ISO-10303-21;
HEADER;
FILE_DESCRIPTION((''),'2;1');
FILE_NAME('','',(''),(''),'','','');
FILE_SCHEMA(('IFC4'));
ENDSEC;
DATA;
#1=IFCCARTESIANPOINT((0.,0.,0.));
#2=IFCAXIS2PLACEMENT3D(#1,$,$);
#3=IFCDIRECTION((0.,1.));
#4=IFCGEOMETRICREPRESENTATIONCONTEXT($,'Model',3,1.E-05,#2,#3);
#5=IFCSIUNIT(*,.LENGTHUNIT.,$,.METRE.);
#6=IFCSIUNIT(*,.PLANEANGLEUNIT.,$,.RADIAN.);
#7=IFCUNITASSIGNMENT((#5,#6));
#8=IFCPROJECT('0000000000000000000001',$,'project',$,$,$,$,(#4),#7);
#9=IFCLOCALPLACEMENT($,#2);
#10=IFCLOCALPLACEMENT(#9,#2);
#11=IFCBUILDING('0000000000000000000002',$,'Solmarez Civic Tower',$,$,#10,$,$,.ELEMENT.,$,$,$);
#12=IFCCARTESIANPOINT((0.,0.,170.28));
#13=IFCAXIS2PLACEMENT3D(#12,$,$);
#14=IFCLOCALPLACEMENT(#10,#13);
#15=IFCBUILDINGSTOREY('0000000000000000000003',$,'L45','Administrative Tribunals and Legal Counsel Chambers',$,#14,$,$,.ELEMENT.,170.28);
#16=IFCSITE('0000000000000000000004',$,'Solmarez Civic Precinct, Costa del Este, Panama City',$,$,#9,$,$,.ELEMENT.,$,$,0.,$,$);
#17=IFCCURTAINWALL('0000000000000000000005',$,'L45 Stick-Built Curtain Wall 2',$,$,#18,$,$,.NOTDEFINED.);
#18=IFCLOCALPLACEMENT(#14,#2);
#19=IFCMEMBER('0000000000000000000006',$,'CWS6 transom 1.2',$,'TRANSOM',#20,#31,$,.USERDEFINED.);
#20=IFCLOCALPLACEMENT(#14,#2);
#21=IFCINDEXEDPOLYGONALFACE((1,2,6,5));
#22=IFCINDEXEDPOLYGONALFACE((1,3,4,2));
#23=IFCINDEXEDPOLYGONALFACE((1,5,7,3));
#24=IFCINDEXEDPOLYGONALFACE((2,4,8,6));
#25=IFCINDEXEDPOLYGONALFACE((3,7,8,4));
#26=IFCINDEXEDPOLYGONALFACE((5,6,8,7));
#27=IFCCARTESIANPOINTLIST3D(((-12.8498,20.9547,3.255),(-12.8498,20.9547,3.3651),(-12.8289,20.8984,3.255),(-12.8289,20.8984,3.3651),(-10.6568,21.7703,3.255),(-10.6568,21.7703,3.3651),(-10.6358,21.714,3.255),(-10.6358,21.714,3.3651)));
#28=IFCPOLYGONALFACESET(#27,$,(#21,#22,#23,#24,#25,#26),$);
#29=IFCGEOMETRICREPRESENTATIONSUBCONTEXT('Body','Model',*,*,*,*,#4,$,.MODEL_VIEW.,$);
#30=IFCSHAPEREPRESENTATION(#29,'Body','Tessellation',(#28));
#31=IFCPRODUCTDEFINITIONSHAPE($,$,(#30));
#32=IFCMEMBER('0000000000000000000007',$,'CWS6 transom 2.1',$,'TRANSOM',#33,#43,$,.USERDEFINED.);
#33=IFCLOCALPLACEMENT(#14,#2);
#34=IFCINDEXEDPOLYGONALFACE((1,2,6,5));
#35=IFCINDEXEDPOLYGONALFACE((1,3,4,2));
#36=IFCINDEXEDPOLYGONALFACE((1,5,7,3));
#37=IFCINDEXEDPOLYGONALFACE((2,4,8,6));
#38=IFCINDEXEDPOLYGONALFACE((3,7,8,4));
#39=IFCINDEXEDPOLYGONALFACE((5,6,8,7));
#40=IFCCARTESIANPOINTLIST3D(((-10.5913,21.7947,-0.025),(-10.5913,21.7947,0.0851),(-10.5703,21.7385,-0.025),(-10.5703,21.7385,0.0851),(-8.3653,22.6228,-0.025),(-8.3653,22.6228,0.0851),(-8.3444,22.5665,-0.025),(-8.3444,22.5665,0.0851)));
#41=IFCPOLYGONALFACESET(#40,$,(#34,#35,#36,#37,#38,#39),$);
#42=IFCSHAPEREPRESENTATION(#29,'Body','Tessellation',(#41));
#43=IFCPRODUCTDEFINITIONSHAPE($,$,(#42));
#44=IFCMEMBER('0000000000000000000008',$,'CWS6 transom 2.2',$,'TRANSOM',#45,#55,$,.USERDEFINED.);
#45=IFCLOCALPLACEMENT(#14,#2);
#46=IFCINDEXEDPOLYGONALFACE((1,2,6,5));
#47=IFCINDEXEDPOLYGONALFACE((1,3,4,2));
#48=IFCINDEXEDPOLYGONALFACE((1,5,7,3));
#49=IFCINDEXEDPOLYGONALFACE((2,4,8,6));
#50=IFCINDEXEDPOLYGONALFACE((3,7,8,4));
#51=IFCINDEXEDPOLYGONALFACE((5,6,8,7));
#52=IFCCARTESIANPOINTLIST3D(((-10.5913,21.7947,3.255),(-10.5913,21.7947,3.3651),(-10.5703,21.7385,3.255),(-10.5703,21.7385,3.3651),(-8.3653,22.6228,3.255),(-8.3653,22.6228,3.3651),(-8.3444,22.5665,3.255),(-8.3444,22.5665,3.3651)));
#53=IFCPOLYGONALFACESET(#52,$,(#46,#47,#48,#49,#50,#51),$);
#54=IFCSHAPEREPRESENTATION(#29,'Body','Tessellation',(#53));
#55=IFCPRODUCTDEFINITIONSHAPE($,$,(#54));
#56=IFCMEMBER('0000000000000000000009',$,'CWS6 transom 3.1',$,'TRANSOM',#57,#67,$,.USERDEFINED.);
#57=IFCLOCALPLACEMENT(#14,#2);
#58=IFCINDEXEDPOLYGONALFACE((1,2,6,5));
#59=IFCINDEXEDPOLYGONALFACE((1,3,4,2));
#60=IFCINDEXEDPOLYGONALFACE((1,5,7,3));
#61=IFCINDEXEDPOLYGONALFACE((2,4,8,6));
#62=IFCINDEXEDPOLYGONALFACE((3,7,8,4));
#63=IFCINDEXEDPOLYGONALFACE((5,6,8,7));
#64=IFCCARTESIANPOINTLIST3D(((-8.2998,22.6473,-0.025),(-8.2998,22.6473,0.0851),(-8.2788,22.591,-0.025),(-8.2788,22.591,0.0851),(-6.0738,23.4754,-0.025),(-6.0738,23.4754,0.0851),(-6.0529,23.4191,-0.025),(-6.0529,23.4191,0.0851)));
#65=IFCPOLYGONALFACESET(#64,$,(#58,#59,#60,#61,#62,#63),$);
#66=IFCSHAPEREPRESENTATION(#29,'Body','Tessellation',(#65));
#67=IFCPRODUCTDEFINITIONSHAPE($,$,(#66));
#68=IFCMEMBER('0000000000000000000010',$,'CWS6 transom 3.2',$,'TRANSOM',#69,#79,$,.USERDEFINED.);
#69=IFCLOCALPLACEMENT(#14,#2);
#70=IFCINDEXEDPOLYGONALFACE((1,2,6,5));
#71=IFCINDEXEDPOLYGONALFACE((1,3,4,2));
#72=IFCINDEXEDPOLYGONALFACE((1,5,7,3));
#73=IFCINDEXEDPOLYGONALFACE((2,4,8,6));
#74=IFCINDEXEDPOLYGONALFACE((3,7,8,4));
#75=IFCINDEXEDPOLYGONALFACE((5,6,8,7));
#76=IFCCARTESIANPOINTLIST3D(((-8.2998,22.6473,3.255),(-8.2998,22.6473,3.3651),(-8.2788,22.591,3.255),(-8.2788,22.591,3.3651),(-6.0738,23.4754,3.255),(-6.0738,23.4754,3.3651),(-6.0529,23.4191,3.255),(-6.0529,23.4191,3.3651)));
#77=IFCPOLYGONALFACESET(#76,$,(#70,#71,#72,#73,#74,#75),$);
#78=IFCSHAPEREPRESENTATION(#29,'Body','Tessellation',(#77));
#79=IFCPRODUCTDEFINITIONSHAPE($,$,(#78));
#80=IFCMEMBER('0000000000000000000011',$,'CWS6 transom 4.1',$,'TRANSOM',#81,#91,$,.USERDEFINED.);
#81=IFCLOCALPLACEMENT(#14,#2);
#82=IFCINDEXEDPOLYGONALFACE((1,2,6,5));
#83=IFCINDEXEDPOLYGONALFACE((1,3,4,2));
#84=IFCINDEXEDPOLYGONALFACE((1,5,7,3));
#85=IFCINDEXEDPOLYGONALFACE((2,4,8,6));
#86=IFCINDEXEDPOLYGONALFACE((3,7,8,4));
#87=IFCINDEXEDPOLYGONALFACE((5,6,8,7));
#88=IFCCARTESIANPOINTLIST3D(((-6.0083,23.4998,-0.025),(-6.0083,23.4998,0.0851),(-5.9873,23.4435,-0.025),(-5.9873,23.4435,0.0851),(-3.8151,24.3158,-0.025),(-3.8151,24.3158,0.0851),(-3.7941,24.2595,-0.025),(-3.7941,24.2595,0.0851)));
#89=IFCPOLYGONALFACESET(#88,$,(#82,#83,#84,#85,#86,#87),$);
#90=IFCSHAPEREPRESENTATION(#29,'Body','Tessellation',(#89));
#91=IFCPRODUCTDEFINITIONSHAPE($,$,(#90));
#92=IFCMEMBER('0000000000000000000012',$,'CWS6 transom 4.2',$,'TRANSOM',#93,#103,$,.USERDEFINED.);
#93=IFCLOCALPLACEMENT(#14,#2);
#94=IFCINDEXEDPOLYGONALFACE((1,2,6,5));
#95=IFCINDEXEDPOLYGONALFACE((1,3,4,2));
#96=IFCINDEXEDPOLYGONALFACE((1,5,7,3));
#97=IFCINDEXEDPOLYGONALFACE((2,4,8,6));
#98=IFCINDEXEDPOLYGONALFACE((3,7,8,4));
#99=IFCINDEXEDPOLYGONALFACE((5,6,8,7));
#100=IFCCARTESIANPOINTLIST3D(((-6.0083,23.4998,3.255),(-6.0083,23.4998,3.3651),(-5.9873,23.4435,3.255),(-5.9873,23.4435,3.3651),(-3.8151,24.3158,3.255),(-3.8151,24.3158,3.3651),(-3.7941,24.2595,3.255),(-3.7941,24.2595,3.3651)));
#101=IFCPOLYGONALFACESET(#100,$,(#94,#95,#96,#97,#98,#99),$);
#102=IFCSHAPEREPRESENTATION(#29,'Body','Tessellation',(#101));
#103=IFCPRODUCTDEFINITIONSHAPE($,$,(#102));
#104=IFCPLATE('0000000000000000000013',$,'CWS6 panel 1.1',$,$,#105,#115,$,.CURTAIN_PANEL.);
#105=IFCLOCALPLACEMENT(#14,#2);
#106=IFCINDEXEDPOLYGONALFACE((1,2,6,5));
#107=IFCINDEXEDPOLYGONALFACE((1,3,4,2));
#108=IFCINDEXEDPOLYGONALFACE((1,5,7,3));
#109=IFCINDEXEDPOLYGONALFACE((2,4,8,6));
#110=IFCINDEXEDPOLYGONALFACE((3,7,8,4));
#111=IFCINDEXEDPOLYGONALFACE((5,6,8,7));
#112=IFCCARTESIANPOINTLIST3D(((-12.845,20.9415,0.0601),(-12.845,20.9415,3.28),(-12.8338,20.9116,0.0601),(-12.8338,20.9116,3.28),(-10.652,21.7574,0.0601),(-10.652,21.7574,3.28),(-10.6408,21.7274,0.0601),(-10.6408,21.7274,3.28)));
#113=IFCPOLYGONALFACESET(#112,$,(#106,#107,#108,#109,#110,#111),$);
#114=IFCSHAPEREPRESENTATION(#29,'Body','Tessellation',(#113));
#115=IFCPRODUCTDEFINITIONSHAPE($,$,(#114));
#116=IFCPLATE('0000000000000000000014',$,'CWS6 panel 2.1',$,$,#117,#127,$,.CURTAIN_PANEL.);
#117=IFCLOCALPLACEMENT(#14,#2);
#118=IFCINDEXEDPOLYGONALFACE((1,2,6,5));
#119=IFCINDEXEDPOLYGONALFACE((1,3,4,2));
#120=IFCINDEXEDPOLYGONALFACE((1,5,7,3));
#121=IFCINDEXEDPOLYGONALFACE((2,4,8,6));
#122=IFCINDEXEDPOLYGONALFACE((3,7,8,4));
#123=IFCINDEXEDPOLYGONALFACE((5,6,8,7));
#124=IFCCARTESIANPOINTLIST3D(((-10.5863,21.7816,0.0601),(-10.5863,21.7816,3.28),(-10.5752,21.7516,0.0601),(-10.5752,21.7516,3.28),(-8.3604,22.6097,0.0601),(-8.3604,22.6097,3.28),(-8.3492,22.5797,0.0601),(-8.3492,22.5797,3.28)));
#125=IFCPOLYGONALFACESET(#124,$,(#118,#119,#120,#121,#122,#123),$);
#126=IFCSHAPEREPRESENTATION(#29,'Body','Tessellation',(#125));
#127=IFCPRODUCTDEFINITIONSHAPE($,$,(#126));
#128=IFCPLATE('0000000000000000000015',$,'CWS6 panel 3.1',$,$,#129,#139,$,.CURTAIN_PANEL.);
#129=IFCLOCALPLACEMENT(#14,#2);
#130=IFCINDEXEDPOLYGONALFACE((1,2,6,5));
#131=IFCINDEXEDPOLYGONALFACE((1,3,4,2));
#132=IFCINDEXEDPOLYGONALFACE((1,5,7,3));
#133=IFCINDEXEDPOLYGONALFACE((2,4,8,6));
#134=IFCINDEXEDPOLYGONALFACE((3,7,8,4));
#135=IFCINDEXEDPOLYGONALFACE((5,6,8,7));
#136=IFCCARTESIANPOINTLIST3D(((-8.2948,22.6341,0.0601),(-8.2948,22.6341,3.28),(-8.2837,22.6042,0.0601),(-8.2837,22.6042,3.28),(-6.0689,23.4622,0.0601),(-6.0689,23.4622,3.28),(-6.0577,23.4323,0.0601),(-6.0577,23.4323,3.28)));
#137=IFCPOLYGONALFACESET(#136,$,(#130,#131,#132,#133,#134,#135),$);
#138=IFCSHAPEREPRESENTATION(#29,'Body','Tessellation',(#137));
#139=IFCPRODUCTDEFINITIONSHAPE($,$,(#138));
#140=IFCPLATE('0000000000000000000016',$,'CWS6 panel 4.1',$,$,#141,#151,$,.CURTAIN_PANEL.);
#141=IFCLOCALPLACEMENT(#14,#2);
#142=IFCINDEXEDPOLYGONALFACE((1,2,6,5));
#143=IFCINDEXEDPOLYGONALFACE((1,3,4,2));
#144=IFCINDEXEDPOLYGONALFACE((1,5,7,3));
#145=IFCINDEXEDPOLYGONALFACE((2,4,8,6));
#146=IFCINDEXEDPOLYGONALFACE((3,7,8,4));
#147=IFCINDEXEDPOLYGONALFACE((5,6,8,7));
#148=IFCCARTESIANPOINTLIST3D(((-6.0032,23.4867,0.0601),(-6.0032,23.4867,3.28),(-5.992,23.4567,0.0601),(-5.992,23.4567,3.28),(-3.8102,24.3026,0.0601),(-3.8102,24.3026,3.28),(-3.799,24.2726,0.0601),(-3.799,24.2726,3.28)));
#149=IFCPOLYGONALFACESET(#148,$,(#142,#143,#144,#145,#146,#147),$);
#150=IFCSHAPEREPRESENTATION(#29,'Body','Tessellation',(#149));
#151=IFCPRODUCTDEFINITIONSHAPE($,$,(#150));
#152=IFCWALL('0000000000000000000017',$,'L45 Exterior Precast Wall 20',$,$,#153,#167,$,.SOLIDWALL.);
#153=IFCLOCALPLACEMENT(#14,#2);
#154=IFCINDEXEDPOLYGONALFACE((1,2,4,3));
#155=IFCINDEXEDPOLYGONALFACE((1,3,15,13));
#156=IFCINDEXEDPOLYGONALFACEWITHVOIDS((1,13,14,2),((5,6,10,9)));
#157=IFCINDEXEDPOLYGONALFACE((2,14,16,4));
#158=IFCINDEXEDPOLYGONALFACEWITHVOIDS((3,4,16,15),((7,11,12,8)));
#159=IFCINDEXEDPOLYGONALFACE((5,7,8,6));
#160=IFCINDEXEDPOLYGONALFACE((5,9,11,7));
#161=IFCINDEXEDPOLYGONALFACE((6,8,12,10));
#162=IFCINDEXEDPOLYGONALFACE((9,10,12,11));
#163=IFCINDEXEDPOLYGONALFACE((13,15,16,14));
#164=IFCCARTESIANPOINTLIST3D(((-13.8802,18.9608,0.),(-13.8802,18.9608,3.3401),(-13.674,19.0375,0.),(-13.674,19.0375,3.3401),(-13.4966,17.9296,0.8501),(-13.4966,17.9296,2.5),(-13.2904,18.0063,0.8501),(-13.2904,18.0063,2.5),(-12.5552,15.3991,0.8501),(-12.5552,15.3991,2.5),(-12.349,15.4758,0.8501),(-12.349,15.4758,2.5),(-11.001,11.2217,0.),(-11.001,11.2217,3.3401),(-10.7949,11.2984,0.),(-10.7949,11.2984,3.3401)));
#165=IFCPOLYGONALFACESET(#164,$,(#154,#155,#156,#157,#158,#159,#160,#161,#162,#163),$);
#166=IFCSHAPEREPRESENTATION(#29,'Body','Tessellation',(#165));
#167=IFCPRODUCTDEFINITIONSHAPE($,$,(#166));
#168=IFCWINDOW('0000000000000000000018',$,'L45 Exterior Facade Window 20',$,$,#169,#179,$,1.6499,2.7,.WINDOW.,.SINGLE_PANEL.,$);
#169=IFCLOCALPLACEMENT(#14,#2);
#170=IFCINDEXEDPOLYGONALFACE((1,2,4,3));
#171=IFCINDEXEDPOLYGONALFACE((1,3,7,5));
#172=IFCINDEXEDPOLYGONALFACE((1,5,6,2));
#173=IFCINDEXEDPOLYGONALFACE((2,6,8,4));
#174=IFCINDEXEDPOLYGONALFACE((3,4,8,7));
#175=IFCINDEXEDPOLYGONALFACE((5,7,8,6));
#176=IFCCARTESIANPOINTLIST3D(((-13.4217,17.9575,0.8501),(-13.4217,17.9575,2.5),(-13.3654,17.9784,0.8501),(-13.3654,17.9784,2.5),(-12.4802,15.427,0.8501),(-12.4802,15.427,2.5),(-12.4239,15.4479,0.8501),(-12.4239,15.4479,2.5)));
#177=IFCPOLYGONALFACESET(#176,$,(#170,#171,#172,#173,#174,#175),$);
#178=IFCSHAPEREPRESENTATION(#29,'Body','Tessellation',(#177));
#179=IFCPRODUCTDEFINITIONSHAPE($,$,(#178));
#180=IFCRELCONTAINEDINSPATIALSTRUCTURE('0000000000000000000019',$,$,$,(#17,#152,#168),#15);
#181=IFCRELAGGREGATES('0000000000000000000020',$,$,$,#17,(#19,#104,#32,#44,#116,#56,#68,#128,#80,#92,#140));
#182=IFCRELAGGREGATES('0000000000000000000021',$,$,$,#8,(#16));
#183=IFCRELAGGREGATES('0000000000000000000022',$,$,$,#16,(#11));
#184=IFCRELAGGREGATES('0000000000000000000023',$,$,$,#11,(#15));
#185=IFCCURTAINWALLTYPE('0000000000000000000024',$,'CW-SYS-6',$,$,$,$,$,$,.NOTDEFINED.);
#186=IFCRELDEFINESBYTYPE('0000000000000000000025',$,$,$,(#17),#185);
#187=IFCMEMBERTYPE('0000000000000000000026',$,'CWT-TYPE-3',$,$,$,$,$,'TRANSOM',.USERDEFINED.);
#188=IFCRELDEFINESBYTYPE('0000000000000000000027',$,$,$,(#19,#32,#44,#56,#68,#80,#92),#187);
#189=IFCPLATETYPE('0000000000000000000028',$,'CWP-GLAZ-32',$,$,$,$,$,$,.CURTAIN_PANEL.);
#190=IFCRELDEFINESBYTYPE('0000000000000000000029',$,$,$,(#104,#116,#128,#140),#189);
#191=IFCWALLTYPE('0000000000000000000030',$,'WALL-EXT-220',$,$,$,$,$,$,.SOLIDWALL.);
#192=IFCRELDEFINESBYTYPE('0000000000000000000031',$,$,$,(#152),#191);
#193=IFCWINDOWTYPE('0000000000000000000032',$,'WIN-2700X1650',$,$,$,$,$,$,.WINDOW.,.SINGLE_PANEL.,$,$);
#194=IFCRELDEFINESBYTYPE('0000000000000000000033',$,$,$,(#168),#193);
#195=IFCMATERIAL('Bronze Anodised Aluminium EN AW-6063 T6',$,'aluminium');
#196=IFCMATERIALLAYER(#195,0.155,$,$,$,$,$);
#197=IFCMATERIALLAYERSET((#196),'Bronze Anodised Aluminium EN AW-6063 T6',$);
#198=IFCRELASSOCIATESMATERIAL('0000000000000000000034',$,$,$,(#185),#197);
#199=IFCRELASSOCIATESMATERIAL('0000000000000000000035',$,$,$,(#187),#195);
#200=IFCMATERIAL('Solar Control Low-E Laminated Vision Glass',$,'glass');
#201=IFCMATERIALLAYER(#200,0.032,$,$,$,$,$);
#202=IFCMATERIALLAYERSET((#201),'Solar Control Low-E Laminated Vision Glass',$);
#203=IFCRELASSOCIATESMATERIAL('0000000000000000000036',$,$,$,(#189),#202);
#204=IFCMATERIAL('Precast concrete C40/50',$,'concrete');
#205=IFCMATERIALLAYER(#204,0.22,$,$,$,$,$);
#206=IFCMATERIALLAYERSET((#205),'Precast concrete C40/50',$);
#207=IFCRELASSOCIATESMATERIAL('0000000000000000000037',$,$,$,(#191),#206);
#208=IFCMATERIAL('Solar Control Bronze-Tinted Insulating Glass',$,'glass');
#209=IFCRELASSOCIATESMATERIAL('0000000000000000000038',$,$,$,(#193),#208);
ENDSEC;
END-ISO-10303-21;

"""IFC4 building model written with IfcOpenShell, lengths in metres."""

from ifc_helpers import new_model, si_unit, direction, frame, frame_2d, origin, origin_2d, place, context, subcontext, project, spatial, rectangle, extrude, material, layer, layer_set, material_profile, profile_set, type_object, element, fill, aggregate, save


model = new_model("IFC4")

# Units and contexts
model_context = context("Model", 3, precision=1e-05, world=origin(), true_north=direction((0.0, 1.0)))
body_context = subcontext(model_context, "Body", "Model", "MODEL_VIEW")
ifc_project = project(units=[si_unit("LENGTHUNIT", "METRE"), si_unit("PLANEANGLEUNIT", "RADIAN")], contexts=[model_context])

# Site, building, storey
site_placement = place(None, origin())
site = spatial("IfcSite", under=ifc_project, at=site_placement, Name="Solmarez Civic Precinct, Costa del Este, Panama City", CompositionType="ELEMENT", RefElevation=0.0)
building_placement = place(site_placement, origin())
building = spatial("IfcBuilding", under=site, at=building_placement, Name="Solmarez Civic Tower", CompositionType="ELEMENT")
storey_placement = place(building_placement, frame((0.0, 0.0, 170.28)))
storey = spatial("IfcBuildingStorey", under=building, at=storey_placement, Name="L45", Description="Administrative Tribunals and Legal Counsel Chambers", CompositionType="ELEMENT", Elevation=170.28)

# Curtain wall, members, plates
ifc_material_1 = material(Name="Bronze Anodised Aluminium EN AW-6063 T6", Category="aluminium")
ifc_layer_1 = layer(ifc_material_1, 0.155)
ifc_layer_set_1 = layer_set([ifc_layer_1], Name="Bronze Anodised Aluminium EN AW-6063 T6")
curtain_wall_type = type_object("IfcCurtainWallType", Name="CW-SYS-6", PredefinedType="NOTDEFINED", material=ifc_layer_set_1)
curtain_wall_placement = place(storey_placement, origin())
curtain_wall = element("IfcCurtainWall", 1, at=curtain_wall_placement, inside=storey, type_object=curtain_wall_type, Name="L45 Stick-Built Curtain Wall 2", PredefinedType="NOTDEFINED")
ifc_material_profile_1 = material_profile(ifc_material_1, rectangle(XDim=0.0601, YDim=0.1101, at=origin_2d()), Name="CWT-60X110")
ifc_profile_set_1 = profile_set([ifc_material_profile_1], Name="Bronze Anodised Aluminium EN AW-6063 T6")
member_type_1 = type_object("IfcMemberType", Name="CWT-TYPE-3", ElementType="TRANSOM", PredefinedType="USERDEFINED", material=ifc_profile_set_1)
member_1_placement = place(storey_placement, frame((-12.8394, 20.9265, 3.3101), z_axis=(0.937273, 0.348595, 0.0), x_axis=(-0.348595, 0.937273, 0.0)))
member_1 = element("IfcMember", 2, at=member_1_placement, type_object=member_type_1, Name="CWS6 transom 1.2", ObjectType="TRANSOM", PredefinedType="USERDEFINED", context=body_context, shape_type="SweptSolid", body=[
    extrude(rectangle(XDim=0.0601, YDim=0.1101, at=origin_2d()), origin(), (0.0, 0.0, 1.0), 2.3398),
])
member_2_placement = place(storey_placement, frame((-10.5808, 21.7666, 0.03), z_axis=(0.937247, 0.348667, 0.0), x_axis=(-0.348667, 0.937247, 0.0)))
member_2 = element("IfcMember", 3, at=member_2_placement, type_object=member_type_1, Name="CWS6 transom 2.1", ObjectType="TRANSOM", PredefinedType="USERDEFINED", context=body_context, shape_type="SweptSolid", body=[
    extrude(rectangle(XDim=0.0601, YDim=0.1101, at=origin_2d()), origin(), (0.0, 0.0, 1.0), 2.375),
])
member_3_placement = place(storey_placement, frame((-10.5808, 21.7666, 3.3101), z_axis=(0.937247, 0.348667, 0.0), x_axis=(-0.348667, 0.937247, 0.0)))
member_3 = element("IfcMember", 4, at=member_3_placement, type_object=member_type_1, Name="CWS6 transom 2.2", ObjectType="TRANSOM", PredefinedType="USERDEFINED", context=body_context, shape_type="SweptSolid", body=[
    extrude(rectangle(XDim=0.0601, YDim=0.1101, at=origin_2d()), origin(), (0.0, 0.0, 1.0), 2.375),
])
member_4_placement = place(storey_placement, frame((-8.2893, 22.6191, 0.03), z_axis=(0.937247, 0.348667, 0.0), x_axis=(-0.348667, 0.937247, 0.0)))
member_4 = element("IfcMember", 5, at=member_4_placement, type_object=member_type_1, Name="CWS6 transom 3.1", ObjectType="TRANSOM", PredefinedType="USERDEFINED", context=body_context, shape_type="SweptSolid", body=[
    extrude(rectangle(XDim=0.0601, YDim=0.1101, at=origin_2d()), origin(), (0.0, 0.0, 1.0), 2.375),
])
member_5_placement = place(storey_placement, frame((-8.2893, 22.6191, 3.3101), z_axis=(0.937247, 0.348667, 0.0), x_axis=(-0.348667, 0.937247, 0.0)))
member_5 = element("IfcMember", 6, at=member_5_placement, type_object=member_type_1, Name="CWS6 transom 3.2", ObjectType="TRANSOM", PredefinedType="USERDEFINED", context=body_context, shape_type="SweptSolid", body=[
    extrude(rectangle(XDim=0.0601, YDim=0.1101, at=origin_2d()), origin(), (0.0, 0.0, 1.0), 2.375),
])
member_6_placement = place(storey_placement, frame((-5.9978, 23.4717, 0.03), z_axis=(0.937239, 0.348687, 0.0), x_axis=(-0.348687, 0.937239, 0.0)))
member_6 = element("IfcMember", 7, at=member_6_placement, type_object=member_type_1, Name="CWS6 transom 4.1", ObjectType="TRANSOM", PredefinedType="USERDEFINED", context=body_context, shape_type="SweptSolid", body=[
    extrude(rectangle(XDim=0.0601, YDim=0.1101, at=origin_2d()), origin(), (0.0, 0.0, 1.0), 2.3401),
])
member_7_placement = place(storey_placement, frame((-5.9978, 23.4717, 3.3101), z_axis=(0.937239, 0.348687, 0.0), x_axis=(-0.348687, 0.937239, 0.0)))
member_7 = element("IfcMember", 8, at=member_7_placement, type_object=member_type_1, Name="CWS6 transom 4.2", ObjectType="TRANSOM", PredefinedType="USERDEFINED", context=body_context, shape_type="SweptSolid", body=[
    extrude(rectangle(XDim=0.0601, YDim=0.1101, at=origin_2d()), origin(), (0.0, 0.0, 1.0), 2.3401),
])
ifc_material_2 = material(Name="Solar Control Low-E Laminated Vision Glass", Category="glass")
ifc_layer_2 = layer(ifc_material_2, 0.032)
ifc_layer_set_2 = layer_set([ifc_layer_2], Name="Solar Control Low-E Laminated Vision Glass")
plate_type = type_object("IfcPlateType", Name="CWP-GLAZ-32", PredefinedType="CURTAIN_PANEL", material=ifc_layer_set_2)
plate_1_placement = place(storey_placement, frame((-11.7429, 21.3345, 0.0601), z_axis=(0.0, 0.0, 1.0), x_axis=(0.937242, 0.348679, 0.0)))
plate_1 = element("IfcPlate", 9, at=plate_1_placement, type_object=plate_type, Name="CWS6 panel 1.1", PredefinedType="CURTAIN_PANEL", context=body_context, shape_type="SweptSolid", body=[
    extrude(rectangle(XDim=2.3398, YDim=0.032, at=origin_2d()), origin(), (0.0, 0.0, 1.0), 3.22),
])
plate_2_placement = place(storey_placement, frame((-9.4678, 22.1807, 0.0601), z_axis=(0.0, 0.0, 1.0), x_axis=(0.937242, 0.348679, 0.0)))
plate_2 = element("IfcPlate", 10, at=plate_2_placement, type_object=plate_type, Name="CWS6 panel 2.1", PredefinedType="CURTAIN_PANEL", context=body_context, shape_type="SweptSolid", body=[
    extrude(rectangle(XDim=2.375, YDim=0.032, at=origin_2d()), origin(), (0.0, 0.0, 1.0), 3.22),
])
plate_3_placement = place(storey_placement, frame((-7.1763, 23.0332, 0.0601), z_axis=(0.0, 0.0, 1.0), x_axis=(0.937242, 0.348679, 0.0)))
plate_3 = element("IfcPlate", 11, at=plate_3_placement, type_object=plate_type, Name="CWS6 panel 3.1", PredefinedType="CURTAIN_PANEL", context=body_context, shape_type="SweptSolid", body=[
    extrude(rectangle(XDim=2.375, YDim=0.032, at=origin_2d()), origin(), (0.0, 0.0, 1.0), 3.22),
])
plate_4_placement = place(storey_placement, frame((-4.9011, 23.8796, 0.0601), z_axis=(0.0, 0.0, 1.0), x_axis=(0.937242, 0.348679, 0.0)))
plate_4 = element("IfcPlate", 12, at=plate_4_placement, type_object=plate_type, Name="CWS6 panel 4.1", PredefinedType="CURTAIN_PANEL", context=body_context, shape_type="SweptSolid", body=[
    extrude(rectangle(XDim=2.3398, YDim=0.032, at=origin_2d()), origin(), (0.0, 0.0, 1.0), 3.22),
])
aggregate(curtain_wall, [member_1, plate_1, member_2, member_3, plate_2, member_4, member_5, plate_3, member_6, member_7, plate_4])

# Wall, opening, window
ifc_material_3 = material(Name="Precast concrete C40/50", Category="concrete")
ifc_layer_3 = layer(ifc_material_3, 0.22)
ifc_layer_set_3 = layer_set([ifc_layer_3], Name="Precast concrete C40/50")
wall_type_1 = type_object("IfcWallType", Name="WALL-EXT-220", PredefinedType="SOLIDWALL", material=ifc_layer_set_3)
wall_1_placement = place(storey_placement, frame((-10.8979, 11.26, 0.0), z_axis=(0.0, 0.0, 1.0), x_axis=(-0.348682, 0.937241, 0.0)))
wall_1 = element("IfcWall", 13, at=wall_1_placement, inside=storey, type_object=wall_type_1, Name="L45 Exterior Precast Wall 20", PredefinedType="SOLIDWALL", context=body_context, shape_type="SweptSolid", body=[
    extrude(rectangle(XDim=8.2573, YDim=0.22, at=frame_2d((4.1287, 0.0))), origin(), (0.0, 0.0, 1.0), 3.3401),
])
opening_1_placement = place(wall_1_placement, frame((4.457, 0.0, 0.8501)))
opening_1 = element("IfcOpeningElement", 14, at=opening_1_placement, cuts=wall_1, PredefinedType="OPENING", context=body_context, shape_type="SweptSolid", body=[
    extrude(rectangle(XDim=2.7, YDim=1.6499, at=frame_2d((1.3501, 0.825))), frame((0.0, 0.1199, 0.0), z_axis=(0.0, -1.0, 0.0), x_axis=(1.0, 0.0, 0.0)), (0.0, 0.0, 1.0), 0.24),
])
ifc_material_4 = material(Name="Solar Control Bronze-Tinted Insulating Glass", Category="glass")
window_type = type_object("IfcWindowType", Name="WIN-2700X1650", PartitioningType="SINGLE_PANEL", PredefinedType="WINDOW", material=ifc_material_4)
window_placement = place(opening_1_placement, origin())
window = element("IfcWindow", 15, at=window_placement, inside=storey, type_object=window_type, Name="L45 Exterior Facade Window 20", OverallHeight=1.6499, OverallWidth=2.7, PartitioningType="SINGLE_PANEL", PredefinedType="WINDOW", context=body_context, shape_type="SweptSolid", body=[
    extrude(rectangle(XDim=2.7, YDim=1.6499, at=frame_2d((1.3501, 0.825))), frame((0.0, 0.03, 0.0), z_axis=(0.0, -1.0, 0.0), x_axis=(1.0, 0.0, 0.0)), (0.0, 0.0, 1.0), 0.0601),
])
fill(opening_1, window)

save(model, "model.ifc")
